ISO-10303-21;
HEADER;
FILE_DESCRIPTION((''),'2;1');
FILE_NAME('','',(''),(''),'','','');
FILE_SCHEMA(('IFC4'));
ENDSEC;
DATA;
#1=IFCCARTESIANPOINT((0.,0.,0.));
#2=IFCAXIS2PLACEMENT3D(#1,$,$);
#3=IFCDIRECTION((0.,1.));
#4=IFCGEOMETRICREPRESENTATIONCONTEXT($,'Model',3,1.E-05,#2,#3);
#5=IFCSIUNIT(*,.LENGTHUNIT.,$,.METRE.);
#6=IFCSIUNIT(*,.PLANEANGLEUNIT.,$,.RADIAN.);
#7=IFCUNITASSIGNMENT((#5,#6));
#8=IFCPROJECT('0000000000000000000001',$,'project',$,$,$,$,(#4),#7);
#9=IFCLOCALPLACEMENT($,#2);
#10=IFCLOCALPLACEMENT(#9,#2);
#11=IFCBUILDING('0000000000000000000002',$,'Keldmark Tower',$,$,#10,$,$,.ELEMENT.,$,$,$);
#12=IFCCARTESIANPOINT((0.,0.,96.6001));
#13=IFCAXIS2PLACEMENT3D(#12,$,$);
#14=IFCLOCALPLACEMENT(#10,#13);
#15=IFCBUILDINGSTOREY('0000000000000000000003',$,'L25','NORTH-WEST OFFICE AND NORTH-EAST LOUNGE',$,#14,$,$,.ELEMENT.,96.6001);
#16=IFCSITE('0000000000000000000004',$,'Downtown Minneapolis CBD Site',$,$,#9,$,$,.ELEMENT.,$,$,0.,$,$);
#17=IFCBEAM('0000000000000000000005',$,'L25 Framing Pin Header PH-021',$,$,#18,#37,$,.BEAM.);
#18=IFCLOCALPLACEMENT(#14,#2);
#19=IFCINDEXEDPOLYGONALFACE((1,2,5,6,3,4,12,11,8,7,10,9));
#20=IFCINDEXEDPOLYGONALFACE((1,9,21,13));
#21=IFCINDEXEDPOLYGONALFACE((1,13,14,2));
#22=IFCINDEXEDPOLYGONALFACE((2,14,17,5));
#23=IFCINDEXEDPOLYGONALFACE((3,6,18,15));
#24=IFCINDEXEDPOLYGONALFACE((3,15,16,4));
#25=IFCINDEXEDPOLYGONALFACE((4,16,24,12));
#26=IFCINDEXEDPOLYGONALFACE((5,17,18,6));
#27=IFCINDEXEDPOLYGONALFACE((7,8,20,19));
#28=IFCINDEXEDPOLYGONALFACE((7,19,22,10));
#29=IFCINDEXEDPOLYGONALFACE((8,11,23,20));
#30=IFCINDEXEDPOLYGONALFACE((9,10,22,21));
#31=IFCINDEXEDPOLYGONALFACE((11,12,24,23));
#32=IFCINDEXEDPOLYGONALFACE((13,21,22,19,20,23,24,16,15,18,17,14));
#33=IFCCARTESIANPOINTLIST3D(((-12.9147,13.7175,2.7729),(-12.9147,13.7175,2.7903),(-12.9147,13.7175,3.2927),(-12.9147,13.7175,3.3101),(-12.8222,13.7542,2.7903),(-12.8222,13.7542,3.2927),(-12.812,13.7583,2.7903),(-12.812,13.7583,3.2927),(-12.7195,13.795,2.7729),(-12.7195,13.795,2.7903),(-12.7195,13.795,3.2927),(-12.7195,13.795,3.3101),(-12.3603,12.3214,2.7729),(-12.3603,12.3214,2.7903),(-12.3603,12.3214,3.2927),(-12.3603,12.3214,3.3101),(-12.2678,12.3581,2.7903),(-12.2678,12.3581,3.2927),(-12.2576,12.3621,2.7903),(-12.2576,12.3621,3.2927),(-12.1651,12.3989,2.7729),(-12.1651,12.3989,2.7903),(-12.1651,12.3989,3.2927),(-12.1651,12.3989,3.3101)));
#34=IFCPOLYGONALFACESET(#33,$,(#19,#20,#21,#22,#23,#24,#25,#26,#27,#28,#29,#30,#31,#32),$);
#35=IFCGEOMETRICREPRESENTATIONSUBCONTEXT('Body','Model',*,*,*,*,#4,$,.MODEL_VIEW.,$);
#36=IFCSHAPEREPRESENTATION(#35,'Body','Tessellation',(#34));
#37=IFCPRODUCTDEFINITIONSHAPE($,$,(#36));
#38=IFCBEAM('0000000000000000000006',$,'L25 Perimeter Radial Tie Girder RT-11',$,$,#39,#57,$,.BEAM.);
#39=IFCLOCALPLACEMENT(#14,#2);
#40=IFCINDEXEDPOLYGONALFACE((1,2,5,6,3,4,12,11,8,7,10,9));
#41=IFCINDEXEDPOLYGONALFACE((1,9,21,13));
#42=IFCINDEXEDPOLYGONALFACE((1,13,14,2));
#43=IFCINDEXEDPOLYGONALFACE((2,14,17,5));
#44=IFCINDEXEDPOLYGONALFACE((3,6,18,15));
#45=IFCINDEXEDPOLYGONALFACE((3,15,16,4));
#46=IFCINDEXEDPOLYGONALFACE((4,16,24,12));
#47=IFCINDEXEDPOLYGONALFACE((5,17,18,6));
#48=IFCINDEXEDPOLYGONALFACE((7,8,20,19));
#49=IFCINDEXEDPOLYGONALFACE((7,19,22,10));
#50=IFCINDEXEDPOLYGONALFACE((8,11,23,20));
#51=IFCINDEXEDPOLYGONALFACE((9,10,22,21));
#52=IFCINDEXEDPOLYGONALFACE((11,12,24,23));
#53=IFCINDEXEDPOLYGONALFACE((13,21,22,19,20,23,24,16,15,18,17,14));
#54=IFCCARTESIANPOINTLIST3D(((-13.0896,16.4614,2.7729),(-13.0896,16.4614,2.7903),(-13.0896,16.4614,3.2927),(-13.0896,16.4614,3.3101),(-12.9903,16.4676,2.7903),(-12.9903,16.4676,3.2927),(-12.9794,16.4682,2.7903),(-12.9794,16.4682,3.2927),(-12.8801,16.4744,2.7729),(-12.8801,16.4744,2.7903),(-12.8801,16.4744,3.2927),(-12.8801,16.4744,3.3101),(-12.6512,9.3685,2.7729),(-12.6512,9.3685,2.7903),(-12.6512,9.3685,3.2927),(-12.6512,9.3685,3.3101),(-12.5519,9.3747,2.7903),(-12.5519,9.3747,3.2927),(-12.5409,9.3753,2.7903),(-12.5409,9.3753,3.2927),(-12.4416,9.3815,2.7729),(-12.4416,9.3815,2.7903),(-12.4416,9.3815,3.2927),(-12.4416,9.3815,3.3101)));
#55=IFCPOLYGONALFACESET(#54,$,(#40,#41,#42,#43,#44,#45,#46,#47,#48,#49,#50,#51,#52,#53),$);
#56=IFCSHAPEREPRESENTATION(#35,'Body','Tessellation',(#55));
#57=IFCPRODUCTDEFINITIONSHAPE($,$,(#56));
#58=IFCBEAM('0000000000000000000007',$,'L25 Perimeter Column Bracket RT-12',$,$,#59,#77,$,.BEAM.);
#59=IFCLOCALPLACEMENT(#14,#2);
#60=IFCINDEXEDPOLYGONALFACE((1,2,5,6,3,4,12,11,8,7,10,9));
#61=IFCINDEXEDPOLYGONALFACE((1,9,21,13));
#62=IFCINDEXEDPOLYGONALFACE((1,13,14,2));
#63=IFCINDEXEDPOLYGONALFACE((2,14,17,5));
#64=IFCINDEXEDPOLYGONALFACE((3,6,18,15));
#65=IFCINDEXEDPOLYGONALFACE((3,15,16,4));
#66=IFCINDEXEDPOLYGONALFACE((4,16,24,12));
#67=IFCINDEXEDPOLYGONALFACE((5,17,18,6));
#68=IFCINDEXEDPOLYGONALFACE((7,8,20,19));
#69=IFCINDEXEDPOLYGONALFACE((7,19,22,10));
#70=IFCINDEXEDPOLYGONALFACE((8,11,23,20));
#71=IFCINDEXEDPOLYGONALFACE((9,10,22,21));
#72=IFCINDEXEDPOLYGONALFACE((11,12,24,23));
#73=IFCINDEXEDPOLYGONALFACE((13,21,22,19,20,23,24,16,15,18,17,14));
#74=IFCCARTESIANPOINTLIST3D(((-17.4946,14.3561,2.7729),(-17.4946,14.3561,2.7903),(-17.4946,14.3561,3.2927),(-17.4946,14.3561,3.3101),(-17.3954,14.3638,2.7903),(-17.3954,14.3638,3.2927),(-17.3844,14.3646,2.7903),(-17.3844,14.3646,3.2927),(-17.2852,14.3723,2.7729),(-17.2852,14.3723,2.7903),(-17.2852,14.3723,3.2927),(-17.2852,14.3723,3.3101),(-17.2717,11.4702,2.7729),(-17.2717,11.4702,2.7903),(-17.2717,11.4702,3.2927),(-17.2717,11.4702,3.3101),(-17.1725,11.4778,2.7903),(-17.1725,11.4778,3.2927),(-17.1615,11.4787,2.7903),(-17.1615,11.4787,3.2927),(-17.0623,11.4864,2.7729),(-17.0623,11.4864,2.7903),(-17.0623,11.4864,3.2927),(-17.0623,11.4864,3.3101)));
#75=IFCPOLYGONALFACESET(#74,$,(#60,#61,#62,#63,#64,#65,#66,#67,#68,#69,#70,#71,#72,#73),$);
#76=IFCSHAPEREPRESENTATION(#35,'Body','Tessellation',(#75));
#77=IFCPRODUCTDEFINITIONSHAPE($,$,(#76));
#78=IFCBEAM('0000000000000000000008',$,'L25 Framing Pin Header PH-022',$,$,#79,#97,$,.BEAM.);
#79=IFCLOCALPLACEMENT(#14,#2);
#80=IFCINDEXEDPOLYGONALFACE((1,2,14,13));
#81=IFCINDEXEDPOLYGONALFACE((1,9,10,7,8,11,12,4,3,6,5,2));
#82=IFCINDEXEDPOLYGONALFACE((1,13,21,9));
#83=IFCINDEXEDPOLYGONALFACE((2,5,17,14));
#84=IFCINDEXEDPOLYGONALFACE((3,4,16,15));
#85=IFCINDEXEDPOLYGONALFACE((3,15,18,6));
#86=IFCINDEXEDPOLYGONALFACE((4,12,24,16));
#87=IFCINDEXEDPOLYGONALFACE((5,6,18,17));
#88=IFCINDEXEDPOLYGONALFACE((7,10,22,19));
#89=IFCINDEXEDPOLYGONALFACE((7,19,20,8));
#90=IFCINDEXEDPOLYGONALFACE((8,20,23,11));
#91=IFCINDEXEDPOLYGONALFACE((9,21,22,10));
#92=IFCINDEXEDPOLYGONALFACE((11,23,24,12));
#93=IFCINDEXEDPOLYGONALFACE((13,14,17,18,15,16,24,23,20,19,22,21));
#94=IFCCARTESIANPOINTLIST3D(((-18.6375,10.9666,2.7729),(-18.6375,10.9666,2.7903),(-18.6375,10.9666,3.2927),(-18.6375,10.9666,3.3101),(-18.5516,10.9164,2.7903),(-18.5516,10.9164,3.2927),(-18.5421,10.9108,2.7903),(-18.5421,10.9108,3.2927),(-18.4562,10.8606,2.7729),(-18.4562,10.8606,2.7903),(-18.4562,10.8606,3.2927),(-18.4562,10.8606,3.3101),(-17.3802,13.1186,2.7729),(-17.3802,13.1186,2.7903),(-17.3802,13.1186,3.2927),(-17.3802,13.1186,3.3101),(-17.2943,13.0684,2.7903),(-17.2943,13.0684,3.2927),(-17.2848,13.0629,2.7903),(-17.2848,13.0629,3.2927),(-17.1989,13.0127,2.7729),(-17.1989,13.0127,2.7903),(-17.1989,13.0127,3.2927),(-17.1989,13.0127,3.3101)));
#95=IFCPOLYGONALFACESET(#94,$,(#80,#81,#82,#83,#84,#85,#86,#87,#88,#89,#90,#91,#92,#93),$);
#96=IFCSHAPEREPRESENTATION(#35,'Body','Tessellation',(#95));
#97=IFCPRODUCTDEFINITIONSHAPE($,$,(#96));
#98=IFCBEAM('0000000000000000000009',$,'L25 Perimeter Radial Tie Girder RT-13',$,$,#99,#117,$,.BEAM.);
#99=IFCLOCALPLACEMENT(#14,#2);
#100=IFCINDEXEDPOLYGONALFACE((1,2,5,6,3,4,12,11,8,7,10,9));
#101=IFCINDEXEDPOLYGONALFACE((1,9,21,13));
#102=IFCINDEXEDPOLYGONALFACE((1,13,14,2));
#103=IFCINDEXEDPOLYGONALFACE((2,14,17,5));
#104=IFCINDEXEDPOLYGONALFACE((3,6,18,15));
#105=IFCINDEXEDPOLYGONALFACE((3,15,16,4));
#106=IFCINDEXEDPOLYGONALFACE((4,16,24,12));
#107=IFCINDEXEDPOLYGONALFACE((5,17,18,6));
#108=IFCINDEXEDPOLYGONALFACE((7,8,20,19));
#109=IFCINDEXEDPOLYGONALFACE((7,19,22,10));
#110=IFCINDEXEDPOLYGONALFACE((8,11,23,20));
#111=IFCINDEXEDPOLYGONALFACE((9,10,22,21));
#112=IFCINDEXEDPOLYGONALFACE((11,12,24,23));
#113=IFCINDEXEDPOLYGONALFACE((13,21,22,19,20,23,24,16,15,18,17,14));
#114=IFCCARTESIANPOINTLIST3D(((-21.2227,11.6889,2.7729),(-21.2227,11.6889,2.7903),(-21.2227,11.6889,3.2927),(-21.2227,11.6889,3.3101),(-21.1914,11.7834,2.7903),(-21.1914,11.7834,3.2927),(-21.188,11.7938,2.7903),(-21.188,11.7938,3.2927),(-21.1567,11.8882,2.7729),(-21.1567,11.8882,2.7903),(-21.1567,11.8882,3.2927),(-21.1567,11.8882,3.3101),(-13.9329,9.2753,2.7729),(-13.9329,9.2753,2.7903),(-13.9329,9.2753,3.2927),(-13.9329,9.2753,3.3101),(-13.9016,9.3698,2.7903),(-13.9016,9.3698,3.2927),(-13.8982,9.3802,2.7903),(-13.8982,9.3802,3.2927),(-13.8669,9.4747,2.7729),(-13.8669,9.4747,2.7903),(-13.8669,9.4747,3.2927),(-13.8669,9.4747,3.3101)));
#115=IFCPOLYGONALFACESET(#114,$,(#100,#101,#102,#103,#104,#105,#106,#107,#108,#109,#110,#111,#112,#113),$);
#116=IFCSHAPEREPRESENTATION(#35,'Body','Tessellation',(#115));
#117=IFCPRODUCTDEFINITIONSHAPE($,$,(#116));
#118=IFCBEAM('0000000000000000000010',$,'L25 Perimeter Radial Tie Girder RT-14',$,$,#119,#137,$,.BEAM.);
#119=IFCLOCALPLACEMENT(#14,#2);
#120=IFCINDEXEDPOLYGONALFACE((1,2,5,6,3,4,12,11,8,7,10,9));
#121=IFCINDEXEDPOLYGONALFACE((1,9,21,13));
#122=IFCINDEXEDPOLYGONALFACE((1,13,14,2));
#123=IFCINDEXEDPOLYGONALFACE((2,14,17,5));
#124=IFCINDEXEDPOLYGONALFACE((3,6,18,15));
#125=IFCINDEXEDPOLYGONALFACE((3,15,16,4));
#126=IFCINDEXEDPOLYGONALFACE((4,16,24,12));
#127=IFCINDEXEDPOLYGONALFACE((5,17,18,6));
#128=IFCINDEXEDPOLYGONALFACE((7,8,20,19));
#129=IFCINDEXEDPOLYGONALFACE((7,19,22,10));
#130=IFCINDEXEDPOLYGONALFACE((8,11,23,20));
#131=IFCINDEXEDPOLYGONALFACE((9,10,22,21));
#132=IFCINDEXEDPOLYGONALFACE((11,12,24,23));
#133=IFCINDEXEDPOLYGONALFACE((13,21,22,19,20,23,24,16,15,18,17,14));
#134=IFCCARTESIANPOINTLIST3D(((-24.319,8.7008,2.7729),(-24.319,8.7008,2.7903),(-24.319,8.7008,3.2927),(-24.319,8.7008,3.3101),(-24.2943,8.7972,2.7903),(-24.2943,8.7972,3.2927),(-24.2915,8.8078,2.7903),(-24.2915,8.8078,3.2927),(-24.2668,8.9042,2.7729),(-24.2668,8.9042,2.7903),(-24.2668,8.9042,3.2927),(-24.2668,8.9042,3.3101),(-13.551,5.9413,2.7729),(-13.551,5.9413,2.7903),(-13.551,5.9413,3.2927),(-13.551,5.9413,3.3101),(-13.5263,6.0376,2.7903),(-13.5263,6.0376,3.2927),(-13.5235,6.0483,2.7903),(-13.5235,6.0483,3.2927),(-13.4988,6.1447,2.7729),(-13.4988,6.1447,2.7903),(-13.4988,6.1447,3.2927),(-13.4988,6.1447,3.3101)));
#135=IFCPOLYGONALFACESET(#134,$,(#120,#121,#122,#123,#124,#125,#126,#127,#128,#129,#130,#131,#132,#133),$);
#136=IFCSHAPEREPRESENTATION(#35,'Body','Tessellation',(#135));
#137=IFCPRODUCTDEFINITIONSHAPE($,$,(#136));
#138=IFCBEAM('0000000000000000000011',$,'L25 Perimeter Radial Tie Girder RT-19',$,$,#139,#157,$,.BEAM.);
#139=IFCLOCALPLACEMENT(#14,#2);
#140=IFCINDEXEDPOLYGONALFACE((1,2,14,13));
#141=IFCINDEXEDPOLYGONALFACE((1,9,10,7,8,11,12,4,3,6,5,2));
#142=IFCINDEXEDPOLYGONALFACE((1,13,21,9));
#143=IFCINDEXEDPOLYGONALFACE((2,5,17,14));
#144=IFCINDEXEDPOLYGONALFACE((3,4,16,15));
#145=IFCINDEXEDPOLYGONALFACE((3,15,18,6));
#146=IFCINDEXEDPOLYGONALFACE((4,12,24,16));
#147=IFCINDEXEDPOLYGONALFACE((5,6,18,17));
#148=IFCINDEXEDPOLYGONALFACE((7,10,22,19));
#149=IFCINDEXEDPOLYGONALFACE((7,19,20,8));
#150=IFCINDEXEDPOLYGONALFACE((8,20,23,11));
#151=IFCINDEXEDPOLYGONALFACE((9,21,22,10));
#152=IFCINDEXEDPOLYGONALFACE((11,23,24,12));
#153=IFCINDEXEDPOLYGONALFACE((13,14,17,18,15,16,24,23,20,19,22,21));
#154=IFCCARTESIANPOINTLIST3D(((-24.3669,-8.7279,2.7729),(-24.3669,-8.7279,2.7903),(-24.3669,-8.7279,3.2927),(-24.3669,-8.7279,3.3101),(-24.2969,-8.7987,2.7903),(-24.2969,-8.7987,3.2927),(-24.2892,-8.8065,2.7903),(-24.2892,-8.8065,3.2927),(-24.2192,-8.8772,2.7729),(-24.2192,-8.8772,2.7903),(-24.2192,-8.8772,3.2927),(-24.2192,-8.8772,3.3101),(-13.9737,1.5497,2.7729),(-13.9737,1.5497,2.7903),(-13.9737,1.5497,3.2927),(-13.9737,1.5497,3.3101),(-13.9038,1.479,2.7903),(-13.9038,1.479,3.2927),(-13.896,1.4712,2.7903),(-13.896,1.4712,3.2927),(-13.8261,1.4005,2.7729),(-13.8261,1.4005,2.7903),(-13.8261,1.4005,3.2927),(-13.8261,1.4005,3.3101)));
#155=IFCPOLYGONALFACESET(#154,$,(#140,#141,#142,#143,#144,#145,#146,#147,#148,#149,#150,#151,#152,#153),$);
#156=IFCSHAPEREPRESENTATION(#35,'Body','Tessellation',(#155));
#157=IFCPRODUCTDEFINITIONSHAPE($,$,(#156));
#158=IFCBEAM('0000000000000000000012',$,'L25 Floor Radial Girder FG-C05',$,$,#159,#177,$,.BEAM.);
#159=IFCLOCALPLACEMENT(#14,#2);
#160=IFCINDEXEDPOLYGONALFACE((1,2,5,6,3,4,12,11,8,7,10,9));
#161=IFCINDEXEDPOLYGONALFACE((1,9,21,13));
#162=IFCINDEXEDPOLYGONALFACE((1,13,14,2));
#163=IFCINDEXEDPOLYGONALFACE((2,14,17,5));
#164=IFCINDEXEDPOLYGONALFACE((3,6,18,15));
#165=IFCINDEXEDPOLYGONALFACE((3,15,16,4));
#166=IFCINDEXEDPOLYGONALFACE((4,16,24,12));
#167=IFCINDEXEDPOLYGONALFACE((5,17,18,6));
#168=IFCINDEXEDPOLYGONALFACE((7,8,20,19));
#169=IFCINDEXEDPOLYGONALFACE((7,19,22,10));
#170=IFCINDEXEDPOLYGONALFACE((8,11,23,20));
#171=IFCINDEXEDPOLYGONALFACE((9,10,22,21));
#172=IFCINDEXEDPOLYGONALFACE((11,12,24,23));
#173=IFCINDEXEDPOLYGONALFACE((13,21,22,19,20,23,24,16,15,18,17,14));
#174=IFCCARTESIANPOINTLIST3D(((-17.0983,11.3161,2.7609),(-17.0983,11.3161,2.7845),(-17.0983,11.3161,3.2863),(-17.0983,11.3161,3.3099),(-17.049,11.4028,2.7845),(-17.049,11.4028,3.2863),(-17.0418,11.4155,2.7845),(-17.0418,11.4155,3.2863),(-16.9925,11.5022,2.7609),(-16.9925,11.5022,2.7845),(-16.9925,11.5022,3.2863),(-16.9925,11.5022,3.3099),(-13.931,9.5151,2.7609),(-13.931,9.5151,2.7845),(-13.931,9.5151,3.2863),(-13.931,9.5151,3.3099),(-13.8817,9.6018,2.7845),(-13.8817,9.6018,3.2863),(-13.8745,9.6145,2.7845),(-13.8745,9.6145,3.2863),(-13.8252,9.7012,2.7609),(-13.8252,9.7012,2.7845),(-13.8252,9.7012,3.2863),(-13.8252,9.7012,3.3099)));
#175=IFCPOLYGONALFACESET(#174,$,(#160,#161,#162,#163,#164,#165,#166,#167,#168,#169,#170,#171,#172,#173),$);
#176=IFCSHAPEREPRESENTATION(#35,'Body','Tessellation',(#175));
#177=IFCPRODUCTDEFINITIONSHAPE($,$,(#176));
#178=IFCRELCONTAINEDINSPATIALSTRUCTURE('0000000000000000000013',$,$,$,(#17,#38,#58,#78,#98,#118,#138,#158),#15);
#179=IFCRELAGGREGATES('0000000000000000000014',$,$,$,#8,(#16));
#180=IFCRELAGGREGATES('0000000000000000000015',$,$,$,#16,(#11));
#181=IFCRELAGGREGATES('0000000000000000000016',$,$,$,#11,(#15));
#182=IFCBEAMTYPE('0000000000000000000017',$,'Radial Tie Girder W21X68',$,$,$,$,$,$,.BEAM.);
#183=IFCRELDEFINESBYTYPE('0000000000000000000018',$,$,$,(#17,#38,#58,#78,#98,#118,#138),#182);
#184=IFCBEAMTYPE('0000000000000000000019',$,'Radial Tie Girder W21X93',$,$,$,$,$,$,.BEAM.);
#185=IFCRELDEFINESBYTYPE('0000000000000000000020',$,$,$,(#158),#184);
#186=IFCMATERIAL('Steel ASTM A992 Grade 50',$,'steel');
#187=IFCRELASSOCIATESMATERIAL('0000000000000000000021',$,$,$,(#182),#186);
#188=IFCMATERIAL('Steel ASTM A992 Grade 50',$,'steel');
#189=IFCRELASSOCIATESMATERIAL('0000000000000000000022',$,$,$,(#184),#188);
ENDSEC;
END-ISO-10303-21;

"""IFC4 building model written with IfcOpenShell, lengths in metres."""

from ifc_helpers import new_model, si_unit, direction, frame, origin, origin_2d, place, context, subcontext, project, spatial, i_section, extrude, material, material_profile, profile_set, type_object, element, save


model = new_model("IFC4")

# Units and contexts
model_context = context("Model", 3, precision=1e-05, world=origin(), true_north=direction((0.0, 1.0)))
body_context = subcontext(model_context, "Body", "Model", "MODEL_VIEW")
ifc_project = project(units=[si_unit("LENGTHUNIT", "METRE"), si_unit("PLANEANGLEUNIT", "RADIAN")], contexts=[model_context])

# Site, building, storey
site_placement = place(None, origin())
site = spatial("IfcSite", under=ifc_project, at=site_placement, Name="Downtown Minneapolis CBD Site", CompositionType="ELEMENT", RefElevation=0.0)
building_placement = place(site_placement, origin())
building = spatial("IfcBuilding", under=site, at=building_placement, Name="Keldmark Tower", CompositionType="ELEMENT")
storey_placement = place(building_placement, frame((0.0, 0.0, 96.6001)))
storey = spatial("IfcBuildingStorey", under=building, at=storey_placement, Name="L25", Description="NORTH-WEST OFFICE AND NORTH-EAST LOUNGE", CompositionType="ELEMENT", Elevation=96.6001)

# Beams
ifc_material_1 = material(Name="Steel ASTM A992 Grade 50", Category="steel")
ifc_material_profile_1 = material_profile(ifc_material_1, i_section(OverallWidth=0.21, OverallDepth=0.5371, WebThickness=0.011, FlangeThickness=0.0173, at=origin_2d()), Name="W21X68")
ifc_profile_set_1 = profile_set([ifc_material_profile_1], Name="Steel ASTM A992 Grade 50")
beam_type_1 = type_object("IfcBeamType", Name="Radial Tie Girder W21X68", PredefinedType="BEAM", material=ifc_profile_set_1)
beam_1_placement = place(storey_placement, frame((-12.2627, 12.3601, 3.0415), z_axis=(-0.369064, 0.929404, 0.0), x_axis=(-0.929404, -0.369064, 0.0)))
element("IfcBeam", 1, at=beam_1_placement, inside=storey, type_object=beam_type_1, Name="L25 Framing Pin Header PH-021", PredefinedType="BEAM", context=body_context, shape_type="SweptSolid", body=[
    extrude(i_section(OverallWidth=0.21, OverallDepth=0.5371, WebThickness=0.011, FlangeThickness=0.0173, at=origin_2d()), origin(), (0.0, 0.0, 1.0), 1.5022),
])
beam_2_placement = place(storey_placement, frame((-12.5464, 9.375, 3.0415), z_axis=(-0.0617, 0.998095, 0.0), x_axis=(-0.998095, -0.0617, 0.0)))
element("IfcBeam", 2, at=beam_2_placement, inside=storey, type_object=beam_type_1, Name="L25 Perimeter Radial Tie Girder RT-11", PredefinedType="BEAM", context=body_context, shape_type="SweptSolid", body=[
    extrude(i_section(OverallWidth=0.21, OverallDepth=0.5371, WebThickness=0.011, FlangeThickness=0.0173, at=origin_2d()), origin(), (0.0, 0.0, 1.0), 7.1064),
])
beam_3_placement = place(storey_placement, frame((-17.167, 11.4783, 3.0415), z_axis=(-0.077006, 0.997031, 0.0), x_axis=(-0.997031, -0.077006, 0.0)))
element("IfcBeam", 3, at=beam_3_placement, inside=storey, type_object=beam_type_1, Name="L25 Perimeter Column Bracket RT-12", PredefinedType="BEAM", context=body_context, shape_type="SweptSolid", body=[
    extrude(i_section(OverallWidth=0.21, OverallDepth=0.5371, WebThickness=0.011, FlangeThickness=0.0173, at=origin_2d()), origin(), (0.0, 0.0, 1.0), 2.8945),
])
beam_4_placement = place(storey_placement, frame((-17.2896, 13.0657, 3.0415), z_axis=(-0.504449, -0.863441, 0.0), x_axis=(0.863441, -0.504449, 0.0)))
element("IfcBeam", 4, at=beam_4_placement, inside=storey, type_object=beam_type_1, Name="L25 Framing Pin Header PH-022", PredefinedType="BEAM", context=body_context, shape_type="SweptSolid", body=[
    extrude(i_section(OverallWidth=0.21, OverallDepth=0.5371, WebThickness=0.011, FlangeThickness=0.0173, at=origin_2d()), origin(), (0.0, 0.0, 1.0), 2.4924),
])
beam_5_placement = place(storey_placement, frame((-13.8999, 9.375, 3.0415), z_axis=(-0.94932, 0.31431, 0.0), x_axis=(-0.31431, -0.94932, 0.0)))
element("IfcBeam", 5, at=beam_5_placement, inside=storey, type_object=beam_type_1, Name="L25 Perimeter Radial Tie Girder RT-13", PredefinedType="BEAM", context=body_context, shape_type="SweptSolid", body=[
    extrude(i_section(OverallWidth=0.21, OverallDepth=0.5371, WebThickness=0.011, FlangeThickness=0.0173, at=origin_2d()), origin(), (0.0, 0.0, 1.0), 7.679),
])
beam_6_placement = place(storey_placement, frame((-13.5249, 6.043, 3.0415), z_axis=(-0.968697, 0.248247, 0.0), x_axis=(-0.248247, -0.968697, 0.0)))
element("IfcBeam", 6, at=beam_6_placement, inside=storey, type_object=beam_type_1, Name="L25 Perimeter Radial Tie Girder RT-14", PredefinedType="BEAM", context=body_context, shape_type="SweptSolid", body=[
    extrude(i_section(OverallWidth=0.21, OverallDepth=0.5371, WebThickness=0.011, FlangeThickness=0.0173, at=origin_2d()), origin(), (0.0, 0.0, 1.0), 11.116),
])
beam_7_placement = place(storey_placement, frame((-13.8999, 1.4751, 3.0415), z_axis=(-0.711046, -0.703145, 0.0), x_axis=(0.703145, -0.711046, 0.0)))
element("IfcBeam", 7, at=beam_7_placement, inside=storey, type_object=beam_type_1, Name="L25 Perimeter Radial Tie Girder RT-19", PredefinedType="BEAM", context=body_context, shape_type="SweptSolid", body=[
    extrude(i_section(OverallWidth=0.21, OverallDepth=0.5371, WebThickness=0.011, FlangeThickness=0.0173, at=origin_2d()), origin(), (0.0, 0.0, 1.0), 14.6167),
])
ifc_material_2 = material(Name="Steel ASTM A992 Grade 50", Category="steel")
ifc_material_profile_2 = material_profile(ifc_material_2, i_section(OverallWidth=0.2141, OverallDepth=0.5491, WebThickness=0.0146, FlangeThickness=0.0237, at=origin_2d()), Name="W21X93")
ifc_profile_set_2 = profile_set([ifc_material_profile_2], Name="Steel ASTM A992 Grade 50")
beam_type_2 = type_object("IfcBeamType", Name="Radial Tie Girder W21X93", PredefinedType="BEAM", material=ifc_profile_set_2)
beam_8_placement = place(storey_placement, frame((-17.0454, 11.4092, 3.0354), z_axis=(0.869284, -0.494312, 0.0), x_axis=(0.494312, 0.869284, 0.0)))
element("IfcBeam", 8, at=beam_8_placement, inside=storey, type_object=beam_type_2, Name="L25 Floor Radial Girder FG-C05", PredefinedType="BEAM", context=body_context, shape_type="SweptSolid", body=[
    extrude(i_section(OverallWidth=0.2141, OverallDepth=0.5491, WebThickness=0.0146, FlangeThickness=0.0237, at=origin_2d()), origin(), (0.0, 0.0, 1.0), 3.6436),
])

save(model, "model.ifc")
